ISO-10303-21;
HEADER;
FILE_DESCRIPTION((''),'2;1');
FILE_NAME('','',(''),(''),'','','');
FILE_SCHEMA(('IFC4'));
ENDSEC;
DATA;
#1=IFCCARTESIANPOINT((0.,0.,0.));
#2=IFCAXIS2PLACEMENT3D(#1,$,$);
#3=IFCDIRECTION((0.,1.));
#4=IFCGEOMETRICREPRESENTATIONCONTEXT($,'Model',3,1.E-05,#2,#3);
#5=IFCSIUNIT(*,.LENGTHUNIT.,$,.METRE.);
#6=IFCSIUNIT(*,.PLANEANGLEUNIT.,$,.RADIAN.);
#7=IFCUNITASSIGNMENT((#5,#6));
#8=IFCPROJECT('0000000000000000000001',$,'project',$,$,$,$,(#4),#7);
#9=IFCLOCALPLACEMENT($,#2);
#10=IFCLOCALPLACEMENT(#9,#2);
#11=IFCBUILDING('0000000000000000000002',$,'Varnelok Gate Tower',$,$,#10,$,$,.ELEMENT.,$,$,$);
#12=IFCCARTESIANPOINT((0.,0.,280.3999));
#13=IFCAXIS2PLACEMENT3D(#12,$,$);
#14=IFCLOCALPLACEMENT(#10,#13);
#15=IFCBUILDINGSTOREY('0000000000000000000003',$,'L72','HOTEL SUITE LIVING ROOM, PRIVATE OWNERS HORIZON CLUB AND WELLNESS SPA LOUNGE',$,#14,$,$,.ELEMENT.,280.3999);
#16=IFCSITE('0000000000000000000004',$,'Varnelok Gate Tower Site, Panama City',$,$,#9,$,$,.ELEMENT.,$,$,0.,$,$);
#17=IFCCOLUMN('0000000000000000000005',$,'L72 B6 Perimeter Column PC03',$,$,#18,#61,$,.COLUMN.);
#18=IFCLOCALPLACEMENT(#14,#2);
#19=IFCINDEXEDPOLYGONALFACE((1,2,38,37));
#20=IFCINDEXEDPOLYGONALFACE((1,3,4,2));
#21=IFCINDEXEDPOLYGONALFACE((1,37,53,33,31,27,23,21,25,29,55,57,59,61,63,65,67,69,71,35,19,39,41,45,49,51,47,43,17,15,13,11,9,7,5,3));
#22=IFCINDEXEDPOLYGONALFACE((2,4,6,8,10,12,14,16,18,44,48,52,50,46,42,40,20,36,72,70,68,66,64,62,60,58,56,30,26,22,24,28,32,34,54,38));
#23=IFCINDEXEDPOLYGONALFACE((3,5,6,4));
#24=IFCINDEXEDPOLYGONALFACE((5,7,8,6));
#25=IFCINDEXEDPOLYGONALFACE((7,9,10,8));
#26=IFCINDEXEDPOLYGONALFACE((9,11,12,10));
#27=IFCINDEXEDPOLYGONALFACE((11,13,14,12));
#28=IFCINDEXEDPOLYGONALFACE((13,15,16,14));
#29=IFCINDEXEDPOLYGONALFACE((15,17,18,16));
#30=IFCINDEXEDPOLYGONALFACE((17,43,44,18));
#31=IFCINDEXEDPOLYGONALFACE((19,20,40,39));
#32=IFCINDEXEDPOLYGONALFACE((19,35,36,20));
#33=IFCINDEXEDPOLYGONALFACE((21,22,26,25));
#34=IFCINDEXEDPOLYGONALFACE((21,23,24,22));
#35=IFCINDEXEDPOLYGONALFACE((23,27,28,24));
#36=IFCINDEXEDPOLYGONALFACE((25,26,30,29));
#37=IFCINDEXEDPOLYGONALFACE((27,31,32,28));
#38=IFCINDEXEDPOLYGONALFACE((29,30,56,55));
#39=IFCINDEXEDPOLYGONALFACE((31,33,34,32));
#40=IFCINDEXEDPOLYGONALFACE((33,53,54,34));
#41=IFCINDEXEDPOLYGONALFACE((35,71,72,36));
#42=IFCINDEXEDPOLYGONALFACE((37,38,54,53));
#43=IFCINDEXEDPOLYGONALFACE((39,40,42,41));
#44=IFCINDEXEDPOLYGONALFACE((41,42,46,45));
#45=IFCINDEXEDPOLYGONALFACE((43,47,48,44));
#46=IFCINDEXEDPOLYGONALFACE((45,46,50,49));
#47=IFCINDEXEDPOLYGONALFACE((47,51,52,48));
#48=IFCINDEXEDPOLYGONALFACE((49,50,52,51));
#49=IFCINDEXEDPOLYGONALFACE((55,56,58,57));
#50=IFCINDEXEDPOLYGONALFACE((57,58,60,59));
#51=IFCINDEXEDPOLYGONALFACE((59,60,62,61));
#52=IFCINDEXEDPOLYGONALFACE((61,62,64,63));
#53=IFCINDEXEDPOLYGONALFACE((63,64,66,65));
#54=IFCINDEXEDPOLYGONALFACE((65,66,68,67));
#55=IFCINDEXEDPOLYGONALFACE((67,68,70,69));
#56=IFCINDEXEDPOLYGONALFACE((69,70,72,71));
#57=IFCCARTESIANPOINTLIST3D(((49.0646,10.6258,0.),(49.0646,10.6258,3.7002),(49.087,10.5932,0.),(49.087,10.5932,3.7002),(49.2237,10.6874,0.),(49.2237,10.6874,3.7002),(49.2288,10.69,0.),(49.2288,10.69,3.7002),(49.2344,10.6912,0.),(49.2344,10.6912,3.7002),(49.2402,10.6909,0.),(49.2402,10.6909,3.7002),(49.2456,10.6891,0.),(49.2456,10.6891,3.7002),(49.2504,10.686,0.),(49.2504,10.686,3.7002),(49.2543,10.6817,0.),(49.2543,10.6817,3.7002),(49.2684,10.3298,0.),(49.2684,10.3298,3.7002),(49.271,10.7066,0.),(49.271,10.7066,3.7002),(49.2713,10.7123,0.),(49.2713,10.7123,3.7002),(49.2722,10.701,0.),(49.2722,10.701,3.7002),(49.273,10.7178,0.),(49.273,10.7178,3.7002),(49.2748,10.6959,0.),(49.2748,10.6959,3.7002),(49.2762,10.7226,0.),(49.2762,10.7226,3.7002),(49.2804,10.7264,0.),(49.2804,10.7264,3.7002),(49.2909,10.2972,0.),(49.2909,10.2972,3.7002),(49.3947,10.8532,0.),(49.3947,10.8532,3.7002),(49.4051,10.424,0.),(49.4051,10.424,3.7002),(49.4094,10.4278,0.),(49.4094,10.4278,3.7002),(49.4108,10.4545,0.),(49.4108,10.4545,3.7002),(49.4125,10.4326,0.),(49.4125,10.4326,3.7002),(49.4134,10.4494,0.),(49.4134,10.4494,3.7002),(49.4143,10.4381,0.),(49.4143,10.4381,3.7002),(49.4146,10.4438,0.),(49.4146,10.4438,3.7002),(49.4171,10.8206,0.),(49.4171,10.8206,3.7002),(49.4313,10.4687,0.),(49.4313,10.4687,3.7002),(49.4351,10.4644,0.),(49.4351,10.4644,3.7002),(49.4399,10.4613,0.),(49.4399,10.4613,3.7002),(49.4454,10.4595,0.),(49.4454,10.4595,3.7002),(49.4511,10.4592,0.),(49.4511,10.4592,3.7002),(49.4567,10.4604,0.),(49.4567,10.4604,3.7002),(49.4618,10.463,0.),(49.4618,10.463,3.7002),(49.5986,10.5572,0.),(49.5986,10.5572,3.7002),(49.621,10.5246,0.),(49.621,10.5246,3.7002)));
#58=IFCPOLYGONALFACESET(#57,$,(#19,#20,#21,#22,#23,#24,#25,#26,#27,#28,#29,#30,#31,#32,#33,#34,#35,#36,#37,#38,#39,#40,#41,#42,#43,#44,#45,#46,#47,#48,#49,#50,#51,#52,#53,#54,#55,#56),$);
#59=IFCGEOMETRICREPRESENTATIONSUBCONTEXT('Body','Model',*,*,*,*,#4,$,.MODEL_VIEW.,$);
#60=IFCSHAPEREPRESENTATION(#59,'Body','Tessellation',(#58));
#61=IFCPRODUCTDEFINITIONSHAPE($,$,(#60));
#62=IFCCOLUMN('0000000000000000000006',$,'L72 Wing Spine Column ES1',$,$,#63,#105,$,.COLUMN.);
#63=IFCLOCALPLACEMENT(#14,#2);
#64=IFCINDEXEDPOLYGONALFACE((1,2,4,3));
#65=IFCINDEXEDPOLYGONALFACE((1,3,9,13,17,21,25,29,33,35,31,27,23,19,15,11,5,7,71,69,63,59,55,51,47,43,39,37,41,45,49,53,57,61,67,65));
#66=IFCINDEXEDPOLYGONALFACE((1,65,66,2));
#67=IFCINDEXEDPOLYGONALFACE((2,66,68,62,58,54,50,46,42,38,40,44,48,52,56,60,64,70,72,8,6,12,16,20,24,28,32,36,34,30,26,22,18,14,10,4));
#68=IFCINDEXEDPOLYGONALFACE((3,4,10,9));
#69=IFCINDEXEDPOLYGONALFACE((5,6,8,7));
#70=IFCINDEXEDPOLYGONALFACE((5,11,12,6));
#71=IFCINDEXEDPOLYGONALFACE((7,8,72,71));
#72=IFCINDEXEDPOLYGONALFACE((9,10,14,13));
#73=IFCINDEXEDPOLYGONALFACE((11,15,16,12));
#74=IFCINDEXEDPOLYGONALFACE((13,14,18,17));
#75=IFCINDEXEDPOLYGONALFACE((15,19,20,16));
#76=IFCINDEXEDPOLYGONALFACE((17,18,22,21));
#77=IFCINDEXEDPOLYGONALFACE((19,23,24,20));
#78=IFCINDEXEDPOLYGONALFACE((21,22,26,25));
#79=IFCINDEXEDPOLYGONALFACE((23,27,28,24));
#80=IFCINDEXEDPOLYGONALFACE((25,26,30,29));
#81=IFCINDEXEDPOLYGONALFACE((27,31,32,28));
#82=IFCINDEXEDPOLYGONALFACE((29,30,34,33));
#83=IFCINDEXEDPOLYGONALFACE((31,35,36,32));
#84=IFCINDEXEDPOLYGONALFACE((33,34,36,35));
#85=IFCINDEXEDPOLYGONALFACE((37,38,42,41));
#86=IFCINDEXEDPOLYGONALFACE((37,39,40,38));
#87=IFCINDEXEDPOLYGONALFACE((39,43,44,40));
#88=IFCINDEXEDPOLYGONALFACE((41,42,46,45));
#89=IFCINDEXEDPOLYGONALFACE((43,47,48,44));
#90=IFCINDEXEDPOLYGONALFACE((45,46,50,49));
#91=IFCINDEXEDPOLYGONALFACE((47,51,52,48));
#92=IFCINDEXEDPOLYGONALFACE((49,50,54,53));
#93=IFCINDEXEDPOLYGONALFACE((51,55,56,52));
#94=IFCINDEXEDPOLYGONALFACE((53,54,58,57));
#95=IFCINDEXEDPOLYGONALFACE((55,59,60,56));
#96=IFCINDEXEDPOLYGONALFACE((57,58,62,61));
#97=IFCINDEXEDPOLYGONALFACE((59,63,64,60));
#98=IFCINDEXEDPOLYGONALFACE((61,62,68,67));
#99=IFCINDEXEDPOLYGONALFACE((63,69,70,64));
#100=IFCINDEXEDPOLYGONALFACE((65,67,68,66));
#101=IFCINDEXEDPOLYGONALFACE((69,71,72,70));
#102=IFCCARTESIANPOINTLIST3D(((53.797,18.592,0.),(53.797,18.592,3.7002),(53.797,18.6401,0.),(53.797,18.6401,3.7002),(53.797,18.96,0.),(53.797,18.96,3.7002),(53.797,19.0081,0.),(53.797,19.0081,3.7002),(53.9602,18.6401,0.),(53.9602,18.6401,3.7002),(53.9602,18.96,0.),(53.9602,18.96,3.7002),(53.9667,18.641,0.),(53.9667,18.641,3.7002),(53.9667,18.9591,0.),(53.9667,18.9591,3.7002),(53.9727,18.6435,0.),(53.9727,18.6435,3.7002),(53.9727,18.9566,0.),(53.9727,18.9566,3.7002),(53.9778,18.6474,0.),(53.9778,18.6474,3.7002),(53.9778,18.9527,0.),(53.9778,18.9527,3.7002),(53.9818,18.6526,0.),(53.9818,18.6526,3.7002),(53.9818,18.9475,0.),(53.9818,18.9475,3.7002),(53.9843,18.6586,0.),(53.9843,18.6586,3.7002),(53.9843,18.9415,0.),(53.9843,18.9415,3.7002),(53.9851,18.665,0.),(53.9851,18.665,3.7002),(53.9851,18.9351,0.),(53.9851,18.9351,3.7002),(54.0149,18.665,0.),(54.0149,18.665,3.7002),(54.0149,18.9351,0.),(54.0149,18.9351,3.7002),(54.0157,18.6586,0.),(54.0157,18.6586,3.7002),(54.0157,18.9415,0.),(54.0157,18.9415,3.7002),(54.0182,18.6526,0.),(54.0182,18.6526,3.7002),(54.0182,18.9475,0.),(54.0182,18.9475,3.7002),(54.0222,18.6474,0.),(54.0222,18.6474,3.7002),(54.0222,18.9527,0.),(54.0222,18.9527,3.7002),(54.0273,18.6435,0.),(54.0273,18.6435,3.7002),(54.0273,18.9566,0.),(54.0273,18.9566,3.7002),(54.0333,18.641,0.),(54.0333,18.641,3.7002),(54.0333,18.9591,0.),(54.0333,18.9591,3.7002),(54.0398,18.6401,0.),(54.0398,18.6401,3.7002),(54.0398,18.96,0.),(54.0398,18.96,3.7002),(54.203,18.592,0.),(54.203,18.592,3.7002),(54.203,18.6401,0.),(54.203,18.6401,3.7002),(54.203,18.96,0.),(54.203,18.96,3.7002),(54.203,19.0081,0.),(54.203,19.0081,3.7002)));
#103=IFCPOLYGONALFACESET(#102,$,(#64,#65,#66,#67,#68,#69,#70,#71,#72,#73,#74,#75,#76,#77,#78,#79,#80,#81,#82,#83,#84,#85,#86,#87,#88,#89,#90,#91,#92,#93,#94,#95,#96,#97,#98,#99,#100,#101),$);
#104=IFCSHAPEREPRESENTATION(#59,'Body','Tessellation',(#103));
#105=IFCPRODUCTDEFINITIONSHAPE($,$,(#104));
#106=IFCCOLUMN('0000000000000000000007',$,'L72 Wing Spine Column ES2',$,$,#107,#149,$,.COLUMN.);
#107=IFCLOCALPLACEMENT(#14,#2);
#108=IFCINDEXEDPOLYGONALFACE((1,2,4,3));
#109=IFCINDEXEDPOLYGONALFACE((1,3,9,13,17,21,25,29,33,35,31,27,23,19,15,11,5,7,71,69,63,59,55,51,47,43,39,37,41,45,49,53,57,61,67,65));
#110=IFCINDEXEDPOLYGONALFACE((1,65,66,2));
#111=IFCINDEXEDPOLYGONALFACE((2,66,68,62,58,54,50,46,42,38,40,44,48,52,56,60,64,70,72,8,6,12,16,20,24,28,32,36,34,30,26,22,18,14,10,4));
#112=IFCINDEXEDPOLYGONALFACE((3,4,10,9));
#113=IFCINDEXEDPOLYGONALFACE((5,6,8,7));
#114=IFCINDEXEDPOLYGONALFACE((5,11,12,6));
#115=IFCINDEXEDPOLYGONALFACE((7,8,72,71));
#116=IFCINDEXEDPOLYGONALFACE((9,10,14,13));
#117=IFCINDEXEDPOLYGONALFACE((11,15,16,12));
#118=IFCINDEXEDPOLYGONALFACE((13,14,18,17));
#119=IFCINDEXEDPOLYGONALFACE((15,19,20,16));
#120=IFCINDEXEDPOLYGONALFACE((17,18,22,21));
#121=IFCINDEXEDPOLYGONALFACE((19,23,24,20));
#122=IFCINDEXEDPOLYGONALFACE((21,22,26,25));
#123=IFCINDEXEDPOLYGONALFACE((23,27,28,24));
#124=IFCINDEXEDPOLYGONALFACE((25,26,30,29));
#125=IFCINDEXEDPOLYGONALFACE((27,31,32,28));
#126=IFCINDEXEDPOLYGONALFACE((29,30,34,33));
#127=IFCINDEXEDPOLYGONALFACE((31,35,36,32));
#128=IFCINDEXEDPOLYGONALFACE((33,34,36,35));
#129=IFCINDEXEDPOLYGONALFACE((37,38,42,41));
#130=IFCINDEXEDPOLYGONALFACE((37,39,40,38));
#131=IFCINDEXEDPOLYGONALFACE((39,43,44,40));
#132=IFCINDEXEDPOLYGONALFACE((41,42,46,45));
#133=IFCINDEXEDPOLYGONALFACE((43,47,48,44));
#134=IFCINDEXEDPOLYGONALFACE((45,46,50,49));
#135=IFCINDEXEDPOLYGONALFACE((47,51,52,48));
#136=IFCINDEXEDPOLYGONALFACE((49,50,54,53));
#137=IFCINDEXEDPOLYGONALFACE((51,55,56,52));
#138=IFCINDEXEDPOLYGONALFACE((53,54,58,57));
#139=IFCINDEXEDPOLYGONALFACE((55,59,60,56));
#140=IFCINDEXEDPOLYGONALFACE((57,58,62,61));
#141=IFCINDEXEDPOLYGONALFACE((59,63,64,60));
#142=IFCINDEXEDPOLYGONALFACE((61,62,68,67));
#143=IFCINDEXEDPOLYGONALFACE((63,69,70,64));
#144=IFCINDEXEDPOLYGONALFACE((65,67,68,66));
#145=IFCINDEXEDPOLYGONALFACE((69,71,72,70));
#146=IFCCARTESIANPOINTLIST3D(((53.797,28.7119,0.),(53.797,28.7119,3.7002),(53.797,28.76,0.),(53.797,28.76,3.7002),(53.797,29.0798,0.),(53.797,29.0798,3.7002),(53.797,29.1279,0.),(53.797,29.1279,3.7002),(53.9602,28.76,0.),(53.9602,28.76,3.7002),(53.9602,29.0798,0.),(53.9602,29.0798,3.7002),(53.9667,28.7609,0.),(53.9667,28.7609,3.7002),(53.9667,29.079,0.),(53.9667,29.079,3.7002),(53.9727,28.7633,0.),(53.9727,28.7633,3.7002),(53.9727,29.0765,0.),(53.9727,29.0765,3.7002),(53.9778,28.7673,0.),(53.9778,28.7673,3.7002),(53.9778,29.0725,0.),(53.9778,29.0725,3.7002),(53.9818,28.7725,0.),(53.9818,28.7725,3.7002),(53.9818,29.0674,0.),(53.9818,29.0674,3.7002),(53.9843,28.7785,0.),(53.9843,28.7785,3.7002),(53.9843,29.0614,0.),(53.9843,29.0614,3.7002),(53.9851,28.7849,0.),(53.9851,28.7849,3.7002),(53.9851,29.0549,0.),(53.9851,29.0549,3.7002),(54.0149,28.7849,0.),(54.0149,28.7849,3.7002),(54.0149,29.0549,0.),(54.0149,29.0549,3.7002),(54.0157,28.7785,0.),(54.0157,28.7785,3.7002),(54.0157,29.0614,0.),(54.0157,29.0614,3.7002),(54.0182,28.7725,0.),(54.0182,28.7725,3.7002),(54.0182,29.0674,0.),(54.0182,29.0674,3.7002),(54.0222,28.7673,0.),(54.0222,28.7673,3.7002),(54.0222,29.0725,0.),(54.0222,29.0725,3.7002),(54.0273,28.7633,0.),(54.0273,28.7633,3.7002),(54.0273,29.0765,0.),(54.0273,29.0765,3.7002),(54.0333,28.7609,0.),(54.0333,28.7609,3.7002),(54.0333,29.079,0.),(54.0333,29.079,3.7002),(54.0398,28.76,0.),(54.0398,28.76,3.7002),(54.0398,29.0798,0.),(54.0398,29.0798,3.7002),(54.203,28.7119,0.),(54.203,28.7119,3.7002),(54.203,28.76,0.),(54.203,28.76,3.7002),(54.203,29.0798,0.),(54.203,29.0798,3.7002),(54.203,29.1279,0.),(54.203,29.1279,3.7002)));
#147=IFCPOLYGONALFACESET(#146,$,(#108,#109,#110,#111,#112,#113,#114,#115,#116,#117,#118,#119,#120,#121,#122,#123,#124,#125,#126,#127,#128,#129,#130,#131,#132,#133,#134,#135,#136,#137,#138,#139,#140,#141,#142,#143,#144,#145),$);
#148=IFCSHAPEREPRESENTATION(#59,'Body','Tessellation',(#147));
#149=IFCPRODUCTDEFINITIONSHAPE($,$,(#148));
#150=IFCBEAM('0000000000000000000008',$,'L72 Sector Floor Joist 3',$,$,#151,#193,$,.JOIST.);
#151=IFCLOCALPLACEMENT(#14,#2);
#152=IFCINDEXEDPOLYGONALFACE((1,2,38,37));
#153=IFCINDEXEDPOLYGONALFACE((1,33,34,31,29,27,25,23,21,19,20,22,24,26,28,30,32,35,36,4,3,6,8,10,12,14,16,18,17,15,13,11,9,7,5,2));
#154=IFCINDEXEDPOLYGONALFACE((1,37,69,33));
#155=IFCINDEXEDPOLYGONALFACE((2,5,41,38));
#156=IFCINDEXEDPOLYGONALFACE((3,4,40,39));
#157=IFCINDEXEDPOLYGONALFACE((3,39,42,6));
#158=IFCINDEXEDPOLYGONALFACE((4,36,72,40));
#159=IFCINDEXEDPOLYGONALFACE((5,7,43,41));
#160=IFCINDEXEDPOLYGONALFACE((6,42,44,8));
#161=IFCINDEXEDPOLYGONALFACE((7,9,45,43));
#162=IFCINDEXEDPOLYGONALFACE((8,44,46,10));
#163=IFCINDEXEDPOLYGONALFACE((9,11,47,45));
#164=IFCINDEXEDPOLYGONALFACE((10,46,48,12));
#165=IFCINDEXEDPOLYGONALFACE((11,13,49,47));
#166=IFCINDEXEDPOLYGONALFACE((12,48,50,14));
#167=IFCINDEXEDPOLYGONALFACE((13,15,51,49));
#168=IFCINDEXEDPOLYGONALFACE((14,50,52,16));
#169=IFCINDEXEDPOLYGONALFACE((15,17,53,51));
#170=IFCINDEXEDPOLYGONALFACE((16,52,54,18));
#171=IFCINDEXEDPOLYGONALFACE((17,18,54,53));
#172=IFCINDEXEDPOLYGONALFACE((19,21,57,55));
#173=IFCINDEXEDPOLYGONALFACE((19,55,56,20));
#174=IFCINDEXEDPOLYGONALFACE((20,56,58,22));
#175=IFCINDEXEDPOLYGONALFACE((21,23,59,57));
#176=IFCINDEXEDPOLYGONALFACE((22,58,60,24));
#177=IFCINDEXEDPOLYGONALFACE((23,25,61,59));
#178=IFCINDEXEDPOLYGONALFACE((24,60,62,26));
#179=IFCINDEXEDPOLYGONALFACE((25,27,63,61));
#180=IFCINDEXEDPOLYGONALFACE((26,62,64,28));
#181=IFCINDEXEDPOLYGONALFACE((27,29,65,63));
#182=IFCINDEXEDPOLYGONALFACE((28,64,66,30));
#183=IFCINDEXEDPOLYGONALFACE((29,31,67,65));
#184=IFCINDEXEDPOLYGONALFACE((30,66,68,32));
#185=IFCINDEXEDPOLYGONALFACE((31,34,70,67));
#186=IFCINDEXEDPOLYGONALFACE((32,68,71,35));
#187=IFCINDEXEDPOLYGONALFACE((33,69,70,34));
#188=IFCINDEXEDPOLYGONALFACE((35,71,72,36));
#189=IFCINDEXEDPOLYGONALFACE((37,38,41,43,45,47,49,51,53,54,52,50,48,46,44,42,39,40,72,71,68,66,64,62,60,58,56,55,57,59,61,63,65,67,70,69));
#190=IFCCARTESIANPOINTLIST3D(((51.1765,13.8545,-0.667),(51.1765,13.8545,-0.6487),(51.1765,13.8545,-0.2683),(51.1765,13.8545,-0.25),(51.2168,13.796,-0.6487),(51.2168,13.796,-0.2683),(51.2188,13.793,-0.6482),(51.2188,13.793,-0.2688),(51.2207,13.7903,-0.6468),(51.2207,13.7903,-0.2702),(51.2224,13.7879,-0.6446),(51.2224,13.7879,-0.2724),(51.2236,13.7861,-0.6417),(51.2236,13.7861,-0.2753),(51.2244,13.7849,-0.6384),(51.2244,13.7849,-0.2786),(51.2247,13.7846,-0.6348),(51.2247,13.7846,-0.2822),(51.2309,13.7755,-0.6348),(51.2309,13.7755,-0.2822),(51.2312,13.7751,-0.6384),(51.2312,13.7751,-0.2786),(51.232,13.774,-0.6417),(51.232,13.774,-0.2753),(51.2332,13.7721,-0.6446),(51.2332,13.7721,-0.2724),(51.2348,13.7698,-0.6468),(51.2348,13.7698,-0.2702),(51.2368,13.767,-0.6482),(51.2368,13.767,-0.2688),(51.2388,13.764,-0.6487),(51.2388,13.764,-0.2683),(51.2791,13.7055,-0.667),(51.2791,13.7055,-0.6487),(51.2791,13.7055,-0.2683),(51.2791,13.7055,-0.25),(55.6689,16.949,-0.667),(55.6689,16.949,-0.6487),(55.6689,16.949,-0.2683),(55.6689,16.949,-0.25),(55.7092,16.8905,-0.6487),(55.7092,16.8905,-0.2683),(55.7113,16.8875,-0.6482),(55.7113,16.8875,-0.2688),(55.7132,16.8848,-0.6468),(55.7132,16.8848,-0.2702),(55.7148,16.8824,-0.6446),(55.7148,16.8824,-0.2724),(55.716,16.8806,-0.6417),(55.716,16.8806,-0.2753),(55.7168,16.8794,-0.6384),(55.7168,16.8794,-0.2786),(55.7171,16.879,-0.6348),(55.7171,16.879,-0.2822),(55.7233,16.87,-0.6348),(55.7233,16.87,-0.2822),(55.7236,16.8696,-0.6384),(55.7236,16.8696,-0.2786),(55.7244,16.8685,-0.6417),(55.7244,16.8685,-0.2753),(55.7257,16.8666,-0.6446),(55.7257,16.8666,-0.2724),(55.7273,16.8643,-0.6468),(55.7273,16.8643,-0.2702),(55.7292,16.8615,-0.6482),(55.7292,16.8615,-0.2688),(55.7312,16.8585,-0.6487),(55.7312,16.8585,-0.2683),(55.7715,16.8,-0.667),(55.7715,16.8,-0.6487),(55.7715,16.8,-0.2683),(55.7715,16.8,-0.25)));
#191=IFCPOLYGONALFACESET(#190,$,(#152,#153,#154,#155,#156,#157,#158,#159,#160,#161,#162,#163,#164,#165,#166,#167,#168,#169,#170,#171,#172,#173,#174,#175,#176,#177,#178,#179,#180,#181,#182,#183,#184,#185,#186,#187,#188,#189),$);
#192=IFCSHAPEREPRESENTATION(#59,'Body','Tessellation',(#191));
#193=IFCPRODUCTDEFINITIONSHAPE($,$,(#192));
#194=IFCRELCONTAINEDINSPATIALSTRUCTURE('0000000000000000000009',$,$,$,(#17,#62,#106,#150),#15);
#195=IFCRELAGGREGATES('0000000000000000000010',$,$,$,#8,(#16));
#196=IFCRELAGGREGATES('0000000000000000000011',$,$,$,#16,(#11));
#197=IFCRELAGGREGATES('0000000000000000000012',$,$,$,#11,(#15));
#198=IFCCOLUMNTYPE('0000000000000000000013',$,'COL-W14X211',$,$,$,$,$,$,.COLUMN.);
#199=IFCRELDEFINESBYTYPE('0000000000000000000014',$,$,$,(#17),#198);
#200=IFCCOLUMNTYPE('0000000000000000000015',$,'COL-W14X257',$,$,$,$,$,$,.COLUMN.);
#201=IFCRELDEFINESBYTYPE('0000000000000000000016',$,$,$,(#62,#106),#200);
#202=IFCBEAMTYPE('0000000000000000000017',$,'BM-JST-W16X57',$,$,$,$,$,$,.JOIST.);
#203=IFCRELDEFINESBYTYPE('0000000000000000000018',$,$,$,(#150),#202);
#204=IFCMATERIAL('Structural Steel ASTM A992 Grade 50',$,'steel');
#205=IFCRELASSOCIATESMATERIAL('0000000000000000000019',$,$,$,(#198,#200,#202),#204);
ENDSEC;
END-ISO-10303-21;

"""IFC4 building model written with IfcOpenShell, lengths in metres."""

from ifc_helpers import new_model, si_unit, direction, frame, origin, origin_2d, place, context, subcontext, project, spatial, i_section, extrude, material, material_profile, profile_set, type_object, element, save


model = new_model("IFC4")

# Units and contexts
model_context = context("Model", 3, precision=1e-05, world=origin(), true_north=direction((0.0, 1.0)))
body_context = subcontext(model_context, "Body", "Model", "MODEL_VIEW")
ifc_project = project(units=[si_unit("LENGTHUNIT", "METRE"), si_unit("PLANEANGLEUNIT", "RADIAN")], contexts=[model_context])

# Site, building, storey
site_placement = place(None, origin())
site = spatial("IfcSite", under=ifc_project, at=site_placement, Name="Varnelok Gate Tower Site, Panama City", CompositionType="ELEMENT", RefElevation=0.0)
building_placement = place(site_placement, origin())
building = spatial("IfcBuilding", under=site, at=building_placement, Name="Varnelok Gate Tower", CompositionType="ELEMENT")
storey_placement = place(building_placement, frame((0.0, 0.0, 280.3999)))
storey = spatial("IfcBuildingStorey", under=building, at=storey_placement, Name="L72", Description="HOTEL SUITE LIVING ROOM, PRIVATE OWNERS HORIZON CLUB AND WELLNESS SPA LOUNGE", CompositionType="ELEMENT", Elevation=280.3999)

# Columns
ifc_material_1 = material(Name="Structural Steel ASTM A992 Grade 50", Category="steel")
ifc_material_profile_1 = material_profile(ifc_material_1, i_section(OverallWidth=0.4009, OverallDepth=0.3989, WebThickness=0.0249, FlangeThickness=0.0396, FilletRadius=0.022, at=origin_2d()), Name="W14X211")
ifc_profile_set_1 = profile_set([ifc_material_profile_1], Name="Structural Steel ASTM A992 Grade 50")
column_type_1 = type_object("IfcColumnType", Name="COL-W14X211", PredefinedType="COLUMN", material=ifc_profile_set_1)
column_placement = place(storey_placement, frame((49.3428, 10.5752, 0.0), z_axis=(0.0, 0.0, 1.0), x_axis=(0.823533, 0.567269, 0.0)))
element("IfcColumn", 1, at=column_placement, inside=storey, type_object=column_type_1, Name="L72 B6 Perimeter Column PC03", PredefinedType="COLUMN", context=body_context, shape_type="SweptSolid", body=[
    extrude(i_section(OverallWidth=0.4009, OverallDepth=0.3989, WebThickness=0.0249, FlangeThickness=0.0396, FilletRadius=0.022, at=origin_2d()), origin(), (0.0, 0.0, 1.0), 3.7002),
])
ifc_material_profile_2 = material_profile(ifc_material_1, i_section(OverallWidth=0.406, OverallDepth=0.416, WebThickness=0.0298, FlangeThickness=0.0481, FilletRadius=0.0249, at=origin_2d()), Name="W14X257")
ifc_profile_set_2 = profile_set([ifc_material_profile_2], Name="Structural Steel ASTM A992 Grade 50")
column_type_2 = type_object("IfcColumnType", Name="COL-W14X257", PredefinedType="COLUMN", material=ifc_profile_set_2)
for number, where, z_axis, x_axis, name in (
    (2, (54.0, 18.8, 0.0), (0.0, 0.0, 1.0), (1.0, 0.0, 0.0), "L72 Wing Spine Column ES1"),
    (3, (54.0, 28.9199, 0.0), (0.0, 0.0, 1.0), (1.0, 0.0, 0.0), "L72 Wing Spine Column ES2"),
):
    element("IfcColumn", number, at=place(storey_placement, frame(where, z_axis=z_axis, x_axis=x_axis)), inside=storey, type_object=column_type_2, Name=name, PredefinedType="COLUMN", context=body_context, shape_type="SweptSolid", body=[
        extrude(i_section(OverallWidth=0.406, OverallDepth=0.416, WebThickness=0.0298, FlangeThickness=0.0481, FilletRadius=0.0249, at=origin_2d()), origin(), (0.0, 0.0, 1.0), 3.7002),
    ])

# Beam
ifc_material_profile_3 = material_profile(ifc_material_1, i_section(OverallWidth=0.1809, OverallDepth=0.417, WebThickness=0.011, FlangeThickness=0.0183, FilletRadius=0.0139, at=origin_2d()), Name="W16X57")
ifc_profile_set_3 = profile_set([ifc_material_profile_3], Name="Structural Steel ASTM A992 Grade 50")
beam_type_1 = type_object("IfcBeamType", Name="BM-JST-W16X57", PredefinedType="JOIST", material=ifc_profile_set_3)
beam_1_placement = place(storey_placement, frame((51.2278, 13.78, -0.4585), z_axis=(0.823534, 0.567267, 0.0), x_axis=(-0.567267, 0.823534, 0.0)))
element("IfcBeam", 4, at=beam_1_placement, inside=storey, type_object=beam_type_1, Name="L72 Sector Floor Joist 3", PredefinedType="JOIST", context=body_context, shape_type="SweptSolid", body=[
    extrude(i_section(OverallWidth=0.1809, OverallDepth=0.417, WebThickness=0.011, FlangeThickness=0.0183, FilletRadius=0.0139, at=origin_2d()), origin(), (0.0, 0.0, 1.0), 5.4551),
])

save(model, "model.ifc")
